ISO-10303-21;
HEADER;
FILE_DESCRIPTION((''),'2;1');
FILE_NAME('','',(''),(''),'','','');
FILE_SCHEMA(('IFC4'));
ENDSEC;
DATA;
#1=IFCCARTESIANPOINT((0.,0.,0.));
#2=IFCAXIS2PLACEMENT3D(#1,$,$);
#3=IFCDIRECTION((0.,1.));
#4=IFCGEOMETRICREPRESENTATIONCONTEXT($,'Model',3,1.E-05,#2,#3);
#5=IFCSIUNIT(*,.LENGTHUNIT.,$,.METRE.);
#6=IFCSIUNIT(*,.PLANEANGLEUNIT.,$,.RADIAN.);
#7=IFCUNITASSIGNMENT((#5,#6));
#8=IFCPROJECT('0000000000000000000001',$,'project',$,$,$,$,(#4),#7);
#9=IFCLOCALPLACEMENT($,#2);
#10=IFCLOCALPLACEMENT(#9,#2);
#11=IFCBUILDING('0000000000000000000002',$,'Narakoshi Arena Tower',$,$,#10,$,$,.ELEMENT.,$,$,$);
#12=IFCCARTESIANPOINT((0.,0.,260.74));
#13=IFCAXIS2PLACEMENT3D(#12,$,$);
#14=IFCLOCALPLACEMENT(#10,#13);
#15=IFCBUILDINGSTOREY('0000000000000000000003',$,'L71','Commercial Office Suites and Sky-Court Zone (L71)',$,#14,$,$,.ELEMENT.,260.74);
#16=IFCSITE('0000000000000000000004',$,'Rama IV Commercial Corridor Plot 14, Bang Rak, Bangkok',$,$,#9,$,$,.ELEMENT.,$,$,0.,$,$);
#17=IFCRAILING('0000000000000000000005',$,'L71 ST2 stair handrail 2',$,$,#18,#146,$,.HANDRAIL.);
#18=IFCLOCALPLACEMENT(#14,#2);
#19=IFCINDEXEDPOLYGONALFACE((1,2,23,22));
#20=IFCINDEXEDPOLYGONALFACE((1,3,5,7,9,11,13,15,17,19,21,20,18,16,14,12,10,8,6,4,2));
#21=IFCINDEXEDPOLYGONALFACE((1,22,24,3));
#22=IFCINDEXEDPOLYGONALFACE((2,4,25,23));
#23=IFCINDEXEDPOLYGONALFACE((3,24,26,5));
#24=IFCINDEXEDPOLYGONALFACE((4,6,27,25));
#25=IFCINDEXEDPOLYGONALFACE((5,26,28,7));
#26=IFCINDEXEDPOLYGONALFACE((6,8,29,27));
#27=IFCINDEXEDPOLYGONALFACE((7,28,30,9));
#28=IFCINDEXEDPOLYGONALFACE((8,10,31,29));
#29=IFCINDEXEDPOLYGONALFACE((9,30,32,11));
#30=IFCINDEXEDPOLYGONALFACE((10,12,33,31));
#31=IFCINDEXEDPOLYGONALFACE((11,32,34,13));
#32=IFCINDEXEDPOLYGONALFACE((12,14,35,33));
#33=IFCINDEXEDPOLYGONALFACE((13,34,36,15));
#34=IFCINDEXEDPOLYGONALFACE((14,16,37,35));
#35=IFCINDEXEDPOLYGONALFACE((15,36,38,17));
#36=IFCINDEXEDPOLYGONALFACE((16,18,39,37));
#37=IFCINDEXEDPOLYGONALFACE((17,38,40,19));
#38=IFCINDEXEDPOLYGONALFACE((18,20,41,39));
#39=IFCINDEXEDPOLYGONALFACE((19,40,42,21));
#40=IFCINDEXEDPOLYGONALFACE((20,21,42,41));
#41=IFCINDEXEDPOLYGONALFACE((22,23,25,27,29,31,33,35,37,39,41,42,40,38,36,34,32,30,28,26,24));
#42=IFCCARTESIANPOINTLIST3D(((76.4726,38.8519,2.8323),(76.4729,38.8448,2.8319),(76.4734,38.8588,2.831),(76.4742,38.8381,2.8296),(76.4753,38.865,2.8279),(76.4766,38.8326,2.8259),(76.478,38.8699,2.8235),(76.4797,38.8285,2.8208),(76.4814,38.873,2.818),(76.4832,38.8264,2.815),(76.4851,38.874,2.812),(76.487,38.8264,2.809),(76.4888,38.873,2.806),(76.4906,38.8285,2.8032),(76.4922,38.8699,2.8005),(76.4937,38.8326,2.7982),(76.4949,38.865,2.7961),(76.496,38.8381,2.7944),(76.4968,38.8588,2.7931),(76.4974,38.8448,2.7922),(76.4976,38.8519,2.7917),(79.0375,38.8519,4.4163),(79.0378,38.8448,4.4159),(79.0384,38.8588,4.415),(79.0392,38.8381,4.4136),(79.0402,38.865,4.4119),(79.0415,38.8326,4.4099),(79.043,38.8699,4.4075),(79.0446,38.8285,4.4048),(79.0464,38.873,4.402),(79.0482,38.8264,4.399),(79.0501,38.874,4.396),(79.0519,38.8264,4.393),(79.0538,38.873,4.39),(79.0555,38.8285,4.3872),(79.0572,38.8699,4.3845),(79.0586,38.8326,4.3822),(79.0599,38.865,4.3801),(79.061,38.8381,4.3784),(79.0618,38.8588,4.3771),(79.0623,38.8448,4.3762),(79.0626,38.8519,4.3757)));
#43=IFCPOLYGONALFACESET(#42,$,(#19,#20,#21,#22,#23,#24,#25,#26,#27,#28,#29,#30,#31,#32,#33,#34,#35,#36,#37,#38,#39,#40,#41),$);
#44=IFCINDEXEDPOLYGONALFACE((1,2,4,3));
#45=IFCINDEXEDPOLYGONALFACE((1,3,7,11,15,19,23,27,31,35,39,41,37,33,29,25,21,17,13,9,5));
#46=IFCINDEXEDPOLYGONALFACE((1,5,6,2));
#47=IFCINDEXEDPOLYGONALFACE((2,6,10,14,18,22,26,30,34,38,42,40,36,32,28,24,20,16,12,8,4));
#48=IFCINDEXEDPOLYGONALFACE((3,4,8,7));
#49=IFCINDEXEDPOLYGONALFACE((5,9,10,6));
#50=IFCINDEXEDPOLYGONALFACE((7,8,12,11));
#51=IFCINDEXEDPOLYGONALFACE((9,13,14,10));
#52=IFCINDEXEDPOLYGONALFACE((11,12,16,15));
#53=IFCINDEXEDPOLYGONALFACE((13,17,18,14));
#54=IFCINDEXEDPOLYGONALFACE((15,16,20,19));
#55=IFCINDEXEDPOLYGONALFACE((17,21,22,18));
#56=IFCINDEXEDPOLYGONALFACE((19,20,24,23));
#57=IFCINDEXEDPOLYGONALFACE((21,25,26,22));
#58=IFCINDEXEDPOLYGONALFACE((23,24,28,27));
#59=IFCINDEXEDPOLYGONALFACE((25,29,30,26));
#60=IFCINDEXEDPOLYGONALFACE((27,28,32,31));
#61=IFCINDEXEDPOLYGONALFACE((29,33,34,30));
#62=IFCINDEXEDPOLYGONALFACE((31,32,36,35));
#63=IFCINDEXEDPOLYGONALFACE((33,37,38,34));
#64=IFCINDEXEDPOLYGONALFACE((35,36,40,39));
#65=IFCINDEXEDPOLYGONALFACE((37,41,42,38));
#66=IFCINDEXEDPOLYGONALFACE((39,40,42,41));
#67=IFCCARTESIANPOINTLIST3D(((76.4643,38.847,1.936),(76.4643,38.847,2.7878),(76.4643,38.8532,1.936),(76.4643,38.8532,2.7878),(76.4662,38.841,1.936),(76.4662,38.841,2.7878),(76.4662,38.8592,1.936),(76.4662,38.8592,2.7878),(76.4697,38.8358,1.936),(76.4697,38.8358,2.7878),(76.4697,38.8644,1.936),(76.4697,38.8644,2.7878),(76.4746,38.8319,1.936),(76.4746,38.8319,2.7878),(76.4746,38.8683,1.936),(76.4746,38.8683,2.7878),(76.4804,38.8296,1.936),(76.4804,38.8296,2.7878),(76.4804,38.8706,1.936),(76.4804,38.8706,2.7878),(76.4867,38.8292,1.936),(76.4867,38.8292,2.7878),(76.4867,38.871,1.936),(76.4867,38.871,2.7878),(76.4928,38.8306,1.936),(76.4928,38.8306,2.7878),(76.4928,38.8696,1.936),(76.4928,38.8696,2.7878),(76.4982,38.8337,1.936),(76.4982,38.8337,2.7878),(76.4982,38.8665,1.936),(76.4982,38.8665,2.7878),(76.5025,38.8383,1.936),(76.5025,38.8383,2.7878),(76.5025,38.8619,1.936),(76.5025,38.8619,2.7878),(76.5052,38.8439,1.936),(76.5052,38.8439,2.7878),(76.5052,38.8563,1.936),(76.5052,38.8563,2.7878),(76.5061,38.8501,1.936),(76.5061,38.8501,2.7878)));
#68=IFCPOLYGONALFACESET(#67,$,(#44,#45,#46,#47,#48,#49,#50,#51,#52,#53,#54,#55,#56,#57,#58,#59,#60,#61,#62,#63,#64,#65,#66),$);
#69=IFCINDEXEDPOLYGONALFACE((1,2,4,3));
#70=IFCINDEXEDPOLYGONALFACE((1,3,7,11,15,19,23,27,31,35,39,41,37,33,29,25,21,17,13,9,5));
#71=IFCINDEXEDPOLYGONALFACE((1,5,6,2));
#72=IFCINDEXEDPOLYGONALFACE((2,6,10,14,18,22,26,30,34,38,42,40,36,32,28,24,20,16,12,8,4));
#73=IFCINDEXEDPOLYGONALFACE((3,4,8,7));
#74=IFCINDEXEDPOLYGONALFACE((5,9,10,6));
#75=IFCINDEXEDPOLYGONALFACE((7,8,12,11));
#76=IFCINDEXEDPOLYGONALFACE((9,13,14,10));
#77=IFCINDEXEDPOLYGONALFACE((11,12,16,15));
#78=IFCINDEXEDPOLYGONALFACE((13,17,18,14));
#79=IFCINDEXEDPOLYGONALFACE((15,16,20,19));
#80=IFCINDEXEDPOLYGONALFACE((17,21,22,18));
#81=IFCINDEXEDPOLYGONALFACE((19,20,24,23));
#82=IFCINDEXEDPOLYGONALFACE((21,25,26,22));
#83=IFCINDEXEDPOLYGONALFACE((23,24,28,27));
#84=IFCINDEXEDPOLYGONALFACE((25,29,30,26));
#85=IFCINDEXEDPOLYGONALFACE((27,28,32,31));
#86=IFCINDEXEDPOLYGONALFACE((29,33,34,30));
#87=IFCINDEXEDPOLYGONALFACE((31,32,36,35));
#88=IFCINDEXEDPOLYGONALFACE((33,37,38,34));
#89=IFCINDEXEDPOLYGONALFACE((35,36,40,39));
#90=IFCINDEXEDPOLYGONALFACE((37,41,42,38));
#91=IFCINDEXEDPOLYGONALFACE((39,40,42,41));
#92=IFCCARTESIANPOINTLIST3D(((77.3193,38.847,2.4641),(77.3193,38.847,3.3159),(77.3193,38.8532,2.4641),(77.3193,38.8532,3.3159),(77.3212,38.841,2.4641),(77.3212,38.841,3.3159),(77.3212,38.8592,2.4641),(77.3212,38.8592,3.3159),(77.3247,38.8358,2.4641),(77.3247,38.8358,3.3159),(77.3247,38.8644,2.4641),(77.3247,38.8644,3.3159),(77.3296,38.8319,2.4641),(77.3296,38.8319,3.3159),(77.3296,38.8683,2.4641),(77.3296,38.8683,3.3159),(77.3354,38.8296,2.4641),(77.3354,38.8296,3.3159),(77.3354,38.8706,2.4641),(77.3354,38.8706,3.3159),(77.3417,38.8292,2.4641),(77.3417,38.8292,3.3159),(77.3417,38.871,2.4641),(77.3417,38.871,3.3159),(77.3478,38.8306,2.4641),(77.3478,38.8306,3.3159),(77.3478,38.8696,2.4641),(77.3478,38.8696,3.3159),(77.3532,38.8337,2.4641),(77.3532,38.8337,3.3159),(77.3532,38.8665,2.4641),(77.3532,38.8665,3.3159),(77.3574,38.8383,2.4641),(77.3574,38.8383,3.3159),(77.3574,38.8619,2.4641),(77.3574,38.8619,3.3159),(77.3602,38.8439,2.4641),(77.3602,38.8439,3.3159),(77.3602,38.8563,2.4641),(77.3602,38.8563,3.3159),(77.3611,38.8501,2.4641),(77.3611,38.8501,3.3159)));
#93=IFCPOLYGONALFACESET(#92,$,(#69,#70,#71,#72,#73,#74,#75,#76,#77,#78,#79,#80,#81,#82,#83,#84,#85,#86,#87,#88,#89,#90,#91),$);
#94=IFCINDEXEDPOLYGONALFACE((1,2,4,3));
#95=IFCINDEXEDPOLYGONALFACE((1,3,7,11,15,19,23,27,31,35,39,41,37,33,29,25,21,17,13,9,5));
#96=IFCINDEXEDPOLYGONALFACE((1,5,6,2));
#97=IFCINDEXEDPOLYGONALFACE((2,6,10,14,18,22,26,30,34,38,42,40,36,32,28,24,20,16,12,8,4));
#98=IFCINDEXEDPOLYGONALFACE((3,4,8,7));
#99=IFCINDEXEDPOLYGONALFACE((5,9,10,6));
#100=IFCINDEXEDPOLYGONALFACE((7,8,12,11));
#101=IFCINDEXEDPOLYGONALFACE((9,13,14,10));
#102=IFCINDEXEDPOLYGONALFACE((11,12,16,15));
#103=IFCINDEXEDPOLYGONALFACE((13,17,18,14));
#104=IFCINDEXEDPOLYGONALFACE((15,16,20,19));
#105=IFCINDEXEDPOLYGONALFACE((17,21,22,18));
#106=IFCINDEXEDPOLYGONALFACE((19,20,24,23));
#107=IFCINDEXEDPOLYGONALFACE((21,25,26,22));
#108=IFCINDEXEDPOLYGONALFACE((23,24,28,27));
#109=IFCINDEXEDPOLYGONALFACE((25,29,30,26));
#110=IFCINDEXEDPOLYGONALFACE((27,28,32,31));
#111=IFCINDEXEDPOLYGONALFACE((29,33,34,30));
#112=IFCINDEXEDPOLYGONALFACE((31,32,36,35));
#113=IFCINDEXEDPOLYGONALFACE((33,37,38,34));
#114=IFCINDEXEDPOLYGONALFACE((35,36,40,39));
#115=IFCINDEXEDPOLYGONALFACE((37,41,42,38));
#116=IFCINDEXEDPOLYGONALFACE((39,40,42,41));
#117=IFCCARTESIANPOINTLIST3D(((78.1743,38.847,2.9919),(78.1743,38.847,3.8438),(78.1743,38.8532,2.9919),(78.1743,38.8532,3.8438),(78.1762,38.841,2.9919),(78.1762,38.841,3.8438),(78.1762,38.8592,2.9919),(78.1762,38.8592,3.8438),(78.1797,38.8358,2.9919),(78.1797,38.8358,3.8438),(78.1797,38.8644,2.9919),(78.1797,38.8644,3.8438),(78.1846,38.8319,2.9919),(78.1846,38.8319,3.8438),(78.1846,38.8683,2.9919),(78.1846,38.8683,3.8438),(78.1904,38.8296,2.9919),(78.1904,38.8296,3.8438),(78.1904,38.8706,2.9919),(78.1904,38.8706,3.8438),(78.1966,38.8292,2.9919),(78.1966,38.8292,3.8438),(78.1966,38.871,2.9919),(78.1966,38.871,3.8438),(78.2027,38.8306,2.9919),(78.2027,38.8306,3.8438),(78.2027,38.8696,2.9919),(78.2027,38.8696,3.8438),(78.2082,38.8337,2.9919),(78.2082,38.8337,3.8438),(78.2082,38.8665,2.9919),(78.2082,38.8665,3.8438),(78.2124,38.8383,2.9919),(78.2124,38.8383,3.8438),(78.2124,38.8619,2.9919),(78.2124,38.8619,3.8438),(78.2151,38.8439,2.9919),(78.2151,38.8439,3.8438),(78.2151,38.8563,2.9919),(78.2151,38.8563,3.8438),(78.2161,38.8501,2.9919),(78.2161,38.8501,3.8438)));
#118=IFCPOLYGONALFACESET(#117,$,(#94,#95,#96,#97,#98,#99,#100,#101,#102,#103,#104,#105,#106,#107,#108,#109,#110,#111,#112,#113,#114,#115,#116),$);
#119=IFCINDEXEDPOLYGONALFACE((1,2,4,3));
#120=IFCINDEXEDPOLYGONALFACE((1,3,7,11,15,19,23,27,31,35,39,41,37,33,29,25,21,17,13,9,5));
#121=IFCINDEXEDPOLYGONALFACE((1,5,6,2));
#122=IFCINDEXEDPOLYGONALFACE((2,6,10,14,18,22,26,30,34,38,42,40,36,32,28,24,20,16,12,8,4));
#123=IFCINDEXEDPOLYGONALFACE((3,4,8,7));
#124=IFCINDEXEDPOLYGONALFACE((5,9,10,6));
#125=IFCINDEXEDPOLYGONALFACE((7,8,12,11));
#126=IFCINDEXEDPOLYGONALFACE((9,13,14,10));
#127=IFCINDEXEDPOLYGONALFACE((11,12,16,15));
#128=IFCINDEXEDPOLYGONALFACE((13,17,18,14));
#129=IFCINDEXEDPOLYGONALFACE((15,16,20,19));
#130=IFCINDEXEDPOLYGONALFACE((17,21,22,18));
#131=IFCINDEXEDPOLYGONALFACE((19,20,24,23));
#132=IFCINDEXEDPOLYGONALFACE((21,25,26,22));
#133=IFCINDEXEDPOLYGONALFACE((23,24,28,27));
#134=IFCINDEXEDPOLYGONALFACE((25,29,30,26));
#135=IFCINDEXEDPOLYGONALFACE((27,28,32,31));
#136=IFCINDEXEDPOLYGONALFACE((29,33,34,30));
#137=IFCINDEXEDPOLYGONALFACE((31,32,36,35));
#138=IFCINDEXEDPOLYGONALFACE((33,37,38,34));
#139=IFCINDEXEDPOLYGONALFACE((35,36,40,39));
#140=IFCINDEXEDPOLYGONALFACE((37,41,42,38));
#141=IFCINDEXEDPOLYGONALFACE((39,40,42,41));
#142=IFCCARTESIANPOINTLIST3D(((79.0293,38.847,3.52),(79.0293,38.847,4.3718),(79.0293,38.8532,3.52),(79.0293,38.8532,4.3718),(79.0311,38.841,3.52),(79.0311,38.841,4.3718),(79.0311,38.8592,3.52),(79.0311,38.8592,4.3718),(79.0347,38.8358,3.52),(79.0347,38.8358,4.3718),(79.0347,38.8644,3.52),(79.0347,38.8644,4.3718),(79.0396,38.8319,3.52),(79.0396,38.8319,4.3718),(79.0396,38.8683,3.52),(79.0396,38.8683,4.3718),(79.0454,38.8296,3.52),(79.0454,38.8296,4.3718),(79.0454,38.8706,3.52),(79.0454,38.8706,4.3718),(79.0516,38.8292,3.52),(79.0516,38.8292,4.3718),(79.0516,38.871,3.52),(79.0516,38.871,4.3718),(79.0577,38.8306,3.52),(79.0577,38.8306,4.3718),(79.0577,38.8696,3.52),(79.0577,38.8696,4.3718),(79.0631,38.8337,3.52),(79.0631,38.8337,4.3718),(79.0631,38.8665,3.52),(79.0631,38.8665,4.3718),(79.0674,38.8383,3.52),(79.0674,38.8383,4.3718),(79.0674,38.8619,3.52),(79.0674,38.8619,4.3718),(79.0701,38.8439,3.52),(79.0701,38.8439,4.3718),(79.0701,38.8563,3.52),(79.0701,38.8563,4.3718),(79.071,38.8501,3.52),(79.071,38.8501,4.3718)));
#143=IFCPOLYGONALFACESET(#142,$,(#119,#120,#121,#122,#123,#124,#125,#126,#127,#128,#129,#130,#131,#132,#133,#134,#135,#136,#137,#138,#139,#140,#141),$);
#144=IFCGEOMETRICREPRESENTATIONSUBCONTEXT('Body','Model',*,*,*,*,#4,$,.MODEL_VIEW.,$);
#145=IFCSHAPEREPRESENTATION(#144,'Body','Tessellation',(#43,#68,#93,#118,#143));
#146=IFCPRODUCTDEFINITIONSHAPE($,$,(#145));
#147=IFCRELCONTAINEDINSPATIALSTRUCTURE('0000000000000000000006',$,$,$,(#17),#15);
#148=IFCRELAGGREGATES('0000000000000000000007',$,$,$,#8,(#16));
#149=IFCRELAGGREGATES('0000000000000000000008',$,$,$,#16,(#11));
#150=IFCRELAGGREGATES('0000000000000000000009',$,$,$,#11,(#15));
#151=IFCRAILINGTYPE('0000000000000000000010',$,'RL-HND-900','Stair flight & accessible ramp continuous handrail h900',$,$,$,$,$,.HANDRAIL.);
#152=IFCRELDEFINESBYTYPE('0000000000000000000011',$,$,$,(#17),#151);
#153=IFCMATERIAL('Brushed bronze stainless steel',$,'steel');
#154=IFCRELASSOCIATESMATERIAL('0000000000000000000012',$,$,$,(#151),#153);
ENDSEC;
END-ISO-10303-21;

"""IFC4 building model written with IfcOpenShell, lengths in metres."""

from ifc_helpers import new_model, si_unit, direction, frame, origin, origin_2d, place, context, subcontext, project, spatial, circle, extrude, material, type_object, element, save


model = new_model("IFC4")

# Units and contexts
model_context = context("Model", 3, precision=1e-05, world=origin(), true_north=direction((0.0, 1.0)))
body_context = subcontext(model_context, "Body", "Model", "MODEL_VIEW")
ifc_project = project(units=[si_unit("LENGTHUNIT", "METRE"), si_unit("PLANEANGLEUNIT", "RADIAN")], contexts=[model_context])

# Site, building, storey
site_placement = place(None, origin())
site = spatial("IfcSite", under=ifc_project, at=site_placement, Name="Rama IV Commercial Corridor Plot 14, Bang Rak, Bangkok", CompositionType="ELEMENT", RefElevation=0.0)
building_placement = place(site_placement, origin())
building = spatial("IfcBuilding", under=site, at=building_placement, Name="Narakoshi Arena Tower", CompositionType="ELEMENT")
storey_placement = place(building_placement, frame((0.0, 0.0, 260.74)))
storey = spatial("IfcBuildingStorey", under=building, at=storey_placement, Name="L71", Description="Commercial Office Suites and Sky-Court Zone (L71)", CompositionType="ELEMENT", Elevation=260.74)

# Railing
ifc_material_1 = material(Name="Brushed bronze stainless steel", Category="steel")
railing_type_1 = type_object("IfcRailingType", Name="RL-HND-900", Description="Stair flight & accessible ramp continuous handrail h900", PredefinedType="HANDRAIL", material=ifc_material_1)
railing_1_placement = place(storey_placement, frame((76.4851, 38.8501, 1.936)))
element("IfcRailing", 1, at=railing_1_placement, inside=storey, type_object=railing_type_1, Name="L71 ST2 stair handrail 2", PredefinedType="HANDRAIL", context=body_context, shape_type="SweptSolid", body=[
    extrude(circle(Radius=0.0239, at=origin_2d()), frame((0.0, 0.0, 0.876), z_axis=(0.850834, 0.0, 0.525434), x_axis=(0.0, 1.0, 0.0)), (0.0, 0.0, 1.0), 3.0146),
    extrude(circle(Radius=0.021, at=origin_2d()), origin(), (0.0, 0.0, 1.0), 0.8518),
    extrude(circle(Radius=0.021, at=origin_2d()), frame((0.855, 0.0, 0.5281)), (0.0, 0.0, 1.0), 0.8518),
    extrude(circle(Radius=0.021, at=origin_2d()), frame((1.71, 0.0, 1.0559)), (0.0, 0.0, 1.0), 0.8518),
    extrude(circle(Radius=0.021, at=origin_2d()), frame((2.5649, 0.0, 1.584)), (0.0, 0.0, 1.0), 0.8518),
])

save(model, "model.ifc")
